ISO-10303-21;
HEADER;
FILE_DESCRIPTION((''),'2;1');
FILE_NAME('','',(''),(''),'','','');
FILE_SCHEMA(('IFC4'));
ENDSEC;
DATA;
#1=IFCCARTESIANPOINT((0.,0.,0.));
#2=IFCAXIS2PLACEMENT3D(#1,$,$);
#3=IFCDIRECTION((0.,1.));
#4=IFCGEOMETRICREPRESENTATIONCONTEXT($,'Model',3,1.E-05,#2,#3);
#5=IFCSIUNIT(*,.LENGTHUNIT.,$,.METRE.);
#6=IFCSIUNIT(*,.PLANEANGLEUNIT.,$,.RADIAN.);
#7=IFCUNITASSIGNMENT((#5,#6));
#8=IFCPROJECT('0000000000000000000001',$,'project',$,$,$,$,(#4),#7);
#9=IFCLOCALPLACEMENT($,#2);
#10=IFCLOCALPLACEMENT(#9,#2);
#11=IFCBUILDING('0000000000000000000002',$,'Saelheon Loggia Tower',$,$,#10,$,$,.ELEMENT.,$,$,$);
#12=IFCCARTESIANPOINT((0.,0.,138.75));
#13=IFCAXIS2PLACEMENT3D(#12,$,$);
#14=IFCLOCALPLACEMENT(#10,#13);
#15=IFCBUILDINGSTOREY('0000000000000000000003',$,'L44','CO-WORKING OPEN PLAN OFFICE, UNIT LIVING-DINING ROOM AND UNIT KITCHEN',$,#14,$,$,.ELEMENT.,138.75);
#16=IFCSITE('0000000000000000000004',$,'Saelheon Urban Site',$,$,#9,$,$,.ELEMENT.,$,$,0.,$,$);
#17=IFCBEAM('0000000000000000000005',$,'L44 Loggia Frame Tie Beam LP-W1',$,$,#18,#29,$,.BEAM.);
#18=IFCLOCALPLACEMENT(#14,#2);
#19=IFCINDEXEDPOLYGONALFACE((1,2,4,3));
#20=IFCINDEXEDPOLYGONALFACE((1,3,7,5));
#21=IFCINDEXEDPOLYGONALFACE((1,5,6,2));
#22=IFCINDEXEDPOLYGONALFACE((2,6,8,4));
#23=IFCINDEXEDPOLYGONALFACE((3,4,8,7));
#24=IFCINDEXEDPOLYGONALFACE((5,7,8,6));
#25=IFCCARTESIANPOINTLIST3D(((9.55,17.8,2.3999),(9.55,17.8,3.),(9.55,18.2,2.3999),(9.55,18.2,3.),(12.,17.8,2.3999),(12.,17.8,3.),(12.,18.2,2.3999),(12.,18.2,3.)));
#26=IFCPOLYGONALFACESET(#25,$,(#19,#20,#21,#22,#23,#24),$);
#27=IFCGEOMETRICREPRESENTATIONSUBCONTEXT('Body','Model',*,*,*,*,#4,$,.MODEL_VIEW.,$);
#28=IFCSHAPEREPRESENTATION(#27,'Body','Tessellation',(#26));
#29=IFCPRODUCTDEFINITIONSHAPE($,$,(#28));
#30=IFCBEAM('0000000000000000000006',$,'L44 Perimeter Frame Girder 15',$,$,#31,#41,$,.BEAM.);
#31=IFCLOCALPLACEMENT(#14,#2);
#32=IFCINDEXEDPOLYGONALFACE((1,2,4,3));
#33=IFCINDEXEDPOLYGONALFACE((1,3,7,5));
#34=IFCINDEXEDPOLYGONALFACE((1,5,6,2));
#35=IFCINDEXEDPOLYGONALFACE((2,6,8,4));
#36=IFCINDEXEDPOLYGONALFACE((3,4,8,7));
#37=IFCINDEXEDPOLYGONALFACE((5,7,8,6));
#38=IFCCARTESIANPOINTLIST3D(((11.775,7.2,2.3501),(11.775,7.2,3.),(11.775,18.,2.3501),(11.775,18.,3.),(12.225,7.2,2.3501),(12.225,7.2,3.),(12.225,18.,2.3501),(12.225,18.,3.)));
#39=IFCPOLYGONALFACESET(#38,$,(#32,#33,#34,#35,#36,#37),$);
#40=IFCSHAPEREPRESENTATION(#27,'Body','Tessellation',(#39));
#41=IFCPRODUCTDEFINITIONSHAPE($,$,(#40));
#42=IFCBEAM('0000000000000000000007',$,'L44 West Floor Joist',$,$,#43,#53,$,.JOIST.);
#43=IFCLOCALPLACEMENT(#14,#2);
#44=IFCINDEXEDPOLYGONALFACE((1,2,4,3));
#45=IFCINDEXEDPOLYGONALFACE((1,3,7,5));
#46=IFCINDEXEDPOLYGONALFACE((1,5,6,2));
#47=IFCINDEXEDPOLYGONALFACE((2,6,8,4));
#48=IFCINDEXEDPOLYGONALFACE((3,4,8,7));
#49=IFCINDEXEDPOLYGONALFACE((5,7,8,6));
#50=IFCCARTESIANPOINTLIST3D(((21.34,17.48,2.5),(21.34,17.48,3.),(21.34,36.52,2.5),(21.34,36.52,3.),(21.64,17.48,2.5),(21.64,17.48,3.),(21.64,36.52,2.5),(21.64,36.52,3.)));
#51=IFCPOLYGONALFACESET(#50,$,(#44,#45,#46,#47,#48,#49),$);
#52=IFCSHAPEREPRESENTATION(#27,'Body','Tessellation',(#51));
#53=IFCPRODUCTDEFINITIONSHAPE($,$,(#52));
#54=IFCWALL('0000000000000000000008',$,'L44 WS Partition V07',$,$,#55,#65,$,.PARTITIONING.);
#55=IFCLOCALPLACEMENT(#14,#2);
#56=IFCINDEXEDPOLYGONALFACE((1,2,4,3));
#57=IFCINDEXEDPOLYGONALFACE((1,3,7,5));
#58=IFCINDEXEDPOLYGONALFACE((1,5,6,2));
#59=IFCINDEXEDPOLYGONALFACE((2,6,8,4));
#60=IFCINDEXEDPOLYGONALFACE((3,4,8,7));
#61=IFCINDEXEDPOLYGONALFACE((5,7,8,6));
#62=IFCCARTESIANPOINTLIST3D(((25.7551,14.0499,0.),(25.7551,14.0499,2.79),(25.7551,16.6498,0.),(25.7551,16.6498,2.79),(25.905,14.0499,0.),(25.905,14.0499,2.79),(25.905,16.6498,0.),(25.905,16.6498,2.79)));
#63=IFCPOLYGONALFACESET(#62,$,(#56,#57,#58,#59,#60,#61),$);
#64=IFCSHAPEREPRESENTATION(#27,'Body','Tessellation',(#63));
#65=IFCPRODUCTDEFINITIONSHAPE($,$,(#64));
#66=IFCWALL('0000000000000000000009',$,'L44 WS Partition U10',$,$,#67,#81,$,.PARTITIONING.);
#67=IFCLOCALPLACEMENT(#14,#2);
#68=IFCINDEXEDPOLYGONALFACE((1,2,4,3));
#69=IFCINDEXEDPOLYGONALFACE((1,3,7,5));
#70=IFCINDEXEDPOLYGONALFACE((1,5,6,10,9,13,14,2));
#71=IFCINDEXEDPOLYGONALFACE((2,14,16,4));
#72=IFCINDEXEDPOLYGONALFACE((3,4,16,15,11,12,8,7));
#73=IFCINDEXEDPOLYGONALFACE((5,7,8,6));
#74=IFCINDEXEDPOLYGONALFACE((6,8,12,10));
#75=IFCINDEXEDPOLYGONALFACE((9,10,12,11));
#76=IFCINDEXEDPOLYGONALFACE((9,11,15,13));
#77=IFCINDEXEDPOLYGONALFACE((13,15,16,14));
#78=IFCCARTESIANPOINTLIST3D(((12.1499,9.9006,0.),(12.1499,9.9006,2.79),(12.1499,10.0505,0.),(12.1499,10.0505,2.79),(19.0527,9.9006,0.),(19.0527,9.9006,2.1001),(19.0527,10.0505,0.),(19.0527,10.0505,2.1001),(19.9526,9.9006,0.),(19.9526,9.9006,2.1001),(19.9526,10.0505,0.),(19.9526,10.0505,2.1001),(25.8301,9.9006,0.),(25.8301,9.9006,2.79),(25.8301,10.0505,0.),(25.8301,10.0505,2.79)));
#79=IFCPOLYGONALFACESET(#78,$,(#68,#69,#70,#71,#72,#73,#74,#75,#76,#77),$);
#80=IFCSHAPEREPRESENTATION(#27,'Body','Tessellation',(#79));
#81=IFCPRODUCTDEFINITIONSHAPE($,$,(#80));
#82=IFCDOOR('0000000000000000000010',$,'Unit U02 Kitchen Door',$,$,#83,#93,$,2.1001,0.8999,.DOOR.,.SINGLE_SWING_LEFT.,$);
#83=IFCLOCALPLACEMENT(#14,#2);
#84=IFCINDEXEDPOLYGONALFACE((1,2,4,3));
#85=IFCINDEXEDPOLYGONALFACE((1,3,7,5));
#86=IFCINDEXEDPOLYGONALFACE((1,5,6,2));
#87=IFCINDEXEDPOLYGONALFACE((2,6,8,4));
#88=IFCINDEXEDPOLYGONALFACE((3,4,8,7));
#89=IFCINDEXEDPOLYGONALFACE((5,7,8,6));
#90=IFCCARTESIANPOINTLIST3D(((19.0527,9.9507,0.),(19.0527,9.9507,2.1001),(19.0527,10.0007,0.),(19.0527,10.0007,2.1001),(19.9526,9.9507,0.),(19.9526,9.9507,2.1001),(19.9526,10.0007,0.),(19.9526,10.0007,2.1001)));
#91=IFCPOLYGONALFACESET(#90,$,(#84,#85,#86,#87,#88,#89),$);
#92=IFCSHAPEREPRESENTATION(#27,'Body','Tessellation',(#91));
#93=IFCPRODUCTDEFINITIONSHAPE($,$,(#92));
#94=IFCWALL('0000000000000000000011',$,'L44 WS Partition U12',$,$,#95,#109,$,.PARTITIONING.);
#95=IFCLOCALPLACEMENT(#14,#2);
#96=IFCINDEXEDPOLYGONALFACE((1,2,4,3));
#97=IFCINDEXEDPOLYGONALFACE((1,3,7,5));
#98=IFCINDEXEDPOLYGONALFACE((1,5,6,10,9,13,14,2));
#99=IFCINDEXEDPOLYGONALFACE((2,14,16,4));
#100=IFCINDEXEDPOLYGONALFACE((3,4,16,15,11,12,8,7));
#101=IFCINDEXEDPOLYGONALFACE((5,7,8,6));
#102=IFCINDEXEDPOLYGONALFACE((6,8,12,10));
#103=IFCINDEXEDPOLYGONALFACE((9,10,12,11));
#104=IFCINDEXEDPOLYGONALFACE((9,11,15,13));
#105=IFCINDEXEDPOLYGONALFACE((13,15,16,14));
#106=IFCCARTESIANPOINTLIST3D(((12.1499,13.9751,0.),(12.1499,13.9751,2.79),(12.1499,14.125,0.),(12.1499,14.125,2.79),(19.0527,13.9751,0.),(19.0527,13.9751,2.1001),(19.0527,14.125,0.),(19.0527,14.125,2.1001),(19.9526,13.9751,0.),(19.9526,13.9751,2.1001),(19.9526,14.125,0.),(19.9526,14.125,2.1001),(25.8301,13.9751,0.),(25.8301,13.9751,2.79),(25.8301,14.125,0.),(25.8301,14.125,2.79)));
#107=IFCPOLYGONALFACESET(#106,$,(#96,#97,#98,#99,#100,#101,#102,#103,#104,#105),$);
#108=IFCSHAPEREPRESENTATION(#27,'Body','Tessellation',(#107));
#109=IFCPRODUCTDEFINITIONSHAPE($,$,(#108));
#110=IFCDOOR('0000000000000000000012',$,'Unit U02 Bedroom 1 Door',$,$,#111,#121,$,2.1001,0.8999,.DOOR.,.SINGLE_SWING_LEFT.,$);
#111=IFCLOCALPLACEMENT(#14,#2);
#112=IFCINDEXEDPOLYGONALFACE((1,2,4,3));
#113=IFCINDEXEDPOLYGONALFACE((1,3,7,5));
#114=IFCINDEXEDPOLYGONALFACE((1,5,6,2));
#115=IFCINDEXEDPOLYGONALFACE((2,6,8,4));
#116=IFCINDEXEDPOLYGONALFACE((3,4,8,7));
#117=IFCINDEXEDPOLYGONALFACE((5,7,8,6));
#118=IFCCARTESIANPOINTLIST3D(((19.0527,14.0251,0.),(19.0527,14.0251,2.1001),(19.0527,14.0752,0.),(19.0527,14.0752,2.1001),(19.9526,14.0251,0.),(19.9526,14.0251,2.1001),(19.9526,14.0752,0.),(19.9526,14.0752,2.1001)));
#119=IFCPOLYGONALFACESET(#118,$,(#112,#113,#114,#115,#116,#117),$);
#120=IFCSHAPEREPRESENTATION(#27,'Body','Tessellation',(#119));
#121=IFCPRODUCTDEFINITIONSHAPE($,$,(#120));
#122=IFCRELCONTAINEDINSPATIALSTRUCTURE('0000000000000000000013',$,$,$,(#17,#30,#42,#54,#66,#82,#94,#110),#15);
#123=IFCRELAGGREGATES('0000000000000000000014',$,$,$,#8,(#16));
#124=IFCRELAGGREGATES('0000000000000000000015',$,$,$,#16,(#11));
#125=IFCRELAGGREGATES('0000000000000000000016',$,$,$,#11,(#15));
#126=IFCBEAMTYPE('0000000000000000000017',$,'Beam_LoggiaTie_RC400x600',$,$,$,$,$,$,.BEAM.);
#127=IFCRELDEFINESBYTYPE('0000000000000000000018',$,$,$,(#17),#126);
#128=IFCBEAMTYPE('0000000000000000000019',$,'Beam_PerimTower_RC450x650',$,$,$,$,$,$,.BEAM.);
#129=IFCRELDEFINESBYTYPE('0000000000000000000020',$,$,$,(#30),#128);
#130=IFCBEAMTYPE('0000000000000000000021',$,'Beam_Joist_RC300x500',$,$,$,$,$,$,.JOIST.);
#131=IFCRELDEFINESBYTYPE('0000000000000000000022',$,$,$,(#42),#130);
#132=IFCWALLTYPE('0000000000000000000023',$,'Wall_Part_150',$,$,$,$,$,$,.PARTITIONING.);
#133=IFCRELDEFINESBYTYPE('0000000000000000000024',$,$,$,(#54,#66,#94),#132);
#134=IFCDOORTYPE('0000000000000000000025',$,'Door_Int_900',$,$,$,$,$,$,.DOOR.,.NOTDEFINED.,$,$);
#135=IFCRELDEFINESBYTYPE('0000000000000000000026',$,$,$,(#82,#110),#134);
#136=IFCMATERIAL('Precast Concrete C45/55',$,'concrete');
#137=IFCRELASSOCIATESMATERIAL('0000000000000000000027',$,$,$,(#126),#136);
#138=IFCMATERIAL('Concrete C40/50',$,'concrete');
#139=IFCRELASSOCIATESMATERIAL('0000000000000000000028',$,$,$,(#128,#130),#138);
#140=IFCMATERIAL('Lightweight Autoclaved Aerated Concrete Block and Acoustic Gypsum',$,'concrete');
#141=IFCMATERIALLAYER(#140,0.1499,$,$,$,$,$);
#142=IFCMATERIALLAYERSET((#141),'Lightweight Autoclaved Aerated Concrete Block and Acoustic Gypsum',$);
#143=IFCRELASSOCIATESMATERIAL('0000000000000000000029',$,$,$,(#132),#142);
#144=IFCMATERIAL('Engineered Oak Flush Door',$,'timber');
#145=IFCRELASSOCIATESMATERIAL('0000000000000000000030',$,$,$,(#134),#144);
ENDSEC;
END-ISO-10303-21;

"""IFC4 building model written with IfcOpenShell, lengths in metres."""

from ifc_helpers import new_model, si_unit, direction, frame, frame_2d, origin, origin_2d, place, context, subcontext, project, spatial, rectangle, extrude, source, transform, mapped, material, layer, layer_set, material_profile, profile_set, type_object, element, fill, save


model = new_model("IFC4")

# Units and contexts
model_context = context("Model", 3, precision=1e-05, world=origin(), true_north=direction((0.0, 1.0)))
body_context = subcontext(model_context, "Body", "Model", "MODEL_VIEW")
ifc_project = project(units=[si_unit("LENGTHUNIT", "METRE"), si_unit("PLANEANGLEUNIT", "RADIAN")], contexts=[model_context])

# Site, building, storey
site_placement = place(None, origin())
site = spatial("IfcSite", under=ifc_project, at=site_placement, Name="Saelheon Urban Site", CompositionType="ELEMENT", RefElevation=0.0)
building_placement = place(site_placement, origin())
building = spatial("IfcBuilding", under=site, at=building_placement, Name="Saelheon Loggia Tower", CompositionType="ELEMENT")
storey_placement = place(building_placement, frame((0.0, 0.0, 138.75)))
storey = spatial("IfcBuildingStorey", under=building, at=storey_placement, Name="L44", Description="CO-WORKING OPEN PLAN OFFICE, UNIT LIVING-DINING ROOM AND UNIT KITCHEN", CompositionType="ELEMENT", Elevation=138.75)

# Beams
ifc_material_1 = material(Name="Precast Concrete C45/55", Category="concrete")
ifc_material_profile_1 = material_profile(ifc_material_1, rectangle(XDim=0.3999, YDim=0.6001, at=origin_2d()), Name="RC-400x600")
ifc_profile_set_1 = profile_set([ifc_material_profile_1], Name="Precast Concrete C45/55")
beam_type_1 = type_object("IfcBeamType", Name="Beam_LoggiaTie_RC400x600", PredefinedType="BEAM", material=ifc_profile_set_1)
shared_shape_1 = source(origin(), body_context, "Body", "SweptSolid", [
    extrude(rectangle(XDim=0.3999, YDim=0.6001, at=origin_2d()), origin(), (0.0, 0.0, 1.0), 2.45),
])
beam_1_placement = place(storey_placement, frame((12.0, 18.0, 2.7), z_axis=(-1.0, 0.0, 0.0), x_axis=(0.0, -1.0, 0.0)))
element("IfcBeam", 1, at=beam_1_placement, inside=storey, type_object=beam_type_1, Name="L44 Loggia Frame Tie Beam LP-W1", PredefinedType="BEAM", context=body_context, shape_type="MappedRepresentation", body=[
    mapped(shared_shape_1, transform((0.0, 0.0, 0.0), scale=1.0)),
])
ifc_material_2 = material(Name="Concrete C40/50", Category="concrete")
ifc_material_profile_2 = material_profile(ifc_material_2, rectangle(XDim=0.45, YDim=0.6499, at=origin_2d()), Name="RC-450x650")
ifc_profile_set_2 = profile_set([ifc_material_profile_2], Name="Concrete C40/50")
beam_type_2 = type_object("IfcBeamType", Name="Beam_PerimTower_RC450x650", PredefinedType="BEAM", material=ifc_profile_set_2)
shared_shape_2 = source(origin(), body_context, "Body", "SweptSolid", [
    extrude(rectangle(XDim=0.45, YDim=0.6499, at=origin_2d()), origin(), (0.0, 0.0, 1.0), 10.8),
])
beam_2_placement = place(storey_placement, frame((12.0, 18.0, 2.675), z_axis=(0.0, -1.0, 0.0), x_axis=(1.0, 0.0, 0.0)))
element("IfcBeam", 2, at=beam_2_placement, inside=storey, type_object=beam_type_2, Name="L44 Perimeter Frame Girder 15", PredefinedType="BEAM", context=body_context, shape_type="MappedRepresentation", body=[
    mapped(shared_shape_2, transform((0.0, 0.0, 0.0), scale=1.0)),
])
ifc_material_profile_3 = material_profile(ifc_material_2, rectangle(XDim=0.3, YDim=0.5, at=origin_2d()), Name="RC-300x500")
ifc_profile_set_3 = profile_set([ifc_material_profile_3], Name="Concrete C40/50")
beam_type_3 = type_object("IfcBeamType", Name="Beam_Joist_RC300x500", PredefinedType="JOIST", material=ifc_profile_set_3)
shared_shape_3 = source(origin(), body_context, "Body", "SweptSolid", [
    extrude(rectangle(XDim=0.3, YDim=0.5, at=origin_2d()), origin(), (0.0, 0.0, 1.0), 19.04),
])
beam_3_placement = place(storey_placement, frame((21.49, 17.48, 2.75), z_axis=(0.0, 1.0, 0.0), x_axis=(-1.0, 0.0, 0.0)))
element("IfcBeam", 3, at=beam_3_placement, inside=storey, type_object=beam_type_3, Name="L44 West Floor Joist", PredefinedType="JOIST", context=body_context, shape_type="MappedRepresentation", body=[
    mapped(shared_shape_3, transform((0.0, 0.0, 0.0), scale=1.0)),
])

# Wall
ifc_material_3 = material(Name="Lightweight Autoclaved Aerated Concrete Block and Acoustic Gypsum", Category="concrete")
ifc_layer_1 = layer(ifc_material_3, 0.1499)
ifc_layer_set_1 = layer_set([ifc_layer_1], Name="Lightweight Autoclaved Aerated Concrete Block and Acoustic Gypsum")
wall_type_1 = type_object("IfcWallType", Name="Wall_Part_150", PredefinedType="PARTITIONING", material=ifc_layer_set_1)
wall_1_placement = place(storey_placement, frame((25.8301, 14.05, 0.0), z_axis=(0.0, 0.0, 1.0), x_axis=(0.0, 1.0, 0.0)))
element("IfcWall", 4, at=wall_1_placement, inside=storey, type_object=wall_type_1, Name="L44 WS Partition V07", PredefinedType="PARTITIONING", context=body_context, shape_type="SweptSolid", body=[
    extrude(rectangle(XDim=2.5999, YDim=0.1499, at=frame_2d((1.2998, 0.0))), origin(), (0.0, 0.0, 1.0), 2.79),
])

# Walls, openings, doors
wall_2_placement = place(storey_placement, frame((25.8301, 9.9756, 0.0), z_axis=(0.0, 0.0, 1.0), x_axis=(-1.0, 0.0, 0.0)))
wall_2 = element("IfcWall", 5, at=wall_2_placement, inside=storey, type_object=wall_type_1, Name="L44 WS Partition U10", PredefinedType="PARTITIONING", context=body_context, shape_type="SweptSolid", body=[
    extrude(rectangle(XDim=13.6802, YDim=0.1499, at=frame_2d((6.8401, 0.0))), origin(), (0.0, 0.0, 1.0), 2.79),
])
opening_1_placement = place(wall_2_placement, frame((5.8774, 0.0, 0.0)))
opening_1 = element("IfcOpeningElement", 6, at=opening_1_placement, cuts=wall_2, PredefinedType="OPENING", context=body_context, shape_type="SweptSolid", body=[
    extrude(rectangle(XDim=0.8999, YDim=2.1001, at=frame_2d((0.45, 1.05))), frame((0.0, 0.0869, 0.0), z_axis=(0.0, -1.0, 0.0), x_axis=(1.0, 0.0, 0.0)), (0.0, 0.0, 1.0), 0.1738),
])
ifc_material_4 = material(Name="Engineered Oak Flush Door", Category="timber")
door_type_1 = type_object("IfcDoorType", Name="Door_Int_900", OperationType="NOTDEFINED", PredefinedType="DOOR", material=ifc_material_4)
shared_shape_4 = source(origin(), body_context, "Body", "SweptSolid", [
    extrude(rectangle(XDim=0.8999, YDim=2.1001, at=frame_2d((0.45, 1.05))), frame((0.0, 0.0249, 0.0), z_axis=(0.0, -1.0, 0.0), x_axis=(1.0, 0.0, 0.0)), (0.0, 0.0, 1.0), 0.05),
])
door_1_placement = place(opening_1_placement, origin())
door_1 = element("IfcDoor", 7, at=door_1_placement, inside=storey, type_object=door_type_1, Name="Unit U02 Kitchen Door", OperationType="SINGLE_SWING_LEFT", OverallHeight=2.1001, OverallWidth=0.8999, PredefinedType="DOOR", context=body_context, shape_type="MappedRepresentation", body=[
    mapped(shared_shape_4, transform((0.0, 0.0, 0.0), scale=1.0)),
])
fill(opening_1, door_1)
wall_3_placement = place(storey_placement, frame((25.8301, 14.05, 0.0), z_axis=(0.0, 0.0, 1.0), x_axis=(-1.0, 0.0, 0.0)))
wall_3 = element("IfcWall", 8, at=wall_3_placement, inside=storey, type_object=wall_type_1, Name="L44 WS Partition U12", PredefinedType="PARTITIONING", context=body_context, shape_type="SweptSolid", body=[
    extrude(rectangle(XDim=13.6802, YDim=0.1499, at=frame_2d((6.8401, 0.0))), origin(), (0.0, 0.0, 1.0), 2.79),
])
opening_2_placement = place(wall_3_placement, frame((5.8774, 0.0, 0.0)))
opening_2 = element("IfcOpeningElement", 9, at=opening_2_placement, cuts=wall_3, PredefinedType="OPENING", context=body_context, shape_type="SweptSolid", body=[
    extrude(rectangle(XDim=0.8999, YDim=2.1001, at=frame_2d((0.45, 1.05))), frame((0.0, 0.0869, 0.0), z_axis=(0.0, -1.0, 0.0), x_axis=(1.0, 0.0, 0.0)), (0.0, 0.0, 1.0), 0.1738),
])
door_2_placement = place(opening_2_placement, origin())
door_2 = element("IfcDoor", 10, at=door_2_placement, inside=storey, type_object=door_type_1, Name="Unit U02 Bedroom 1 Door", OperationType="SINGLE_SWING_LEFT", OverallHeight=2.1001, OverallWidth=0.8999, PredefinedType="DOOR", context=body_context, shape_type="MappedRepresentation", body=[
    mapped(shared_shape_4, transform((0.0, 0.0, 0.0), scale=1.0)),
])
fill(opening_2, door_2)

save(model, "model.ifc")
